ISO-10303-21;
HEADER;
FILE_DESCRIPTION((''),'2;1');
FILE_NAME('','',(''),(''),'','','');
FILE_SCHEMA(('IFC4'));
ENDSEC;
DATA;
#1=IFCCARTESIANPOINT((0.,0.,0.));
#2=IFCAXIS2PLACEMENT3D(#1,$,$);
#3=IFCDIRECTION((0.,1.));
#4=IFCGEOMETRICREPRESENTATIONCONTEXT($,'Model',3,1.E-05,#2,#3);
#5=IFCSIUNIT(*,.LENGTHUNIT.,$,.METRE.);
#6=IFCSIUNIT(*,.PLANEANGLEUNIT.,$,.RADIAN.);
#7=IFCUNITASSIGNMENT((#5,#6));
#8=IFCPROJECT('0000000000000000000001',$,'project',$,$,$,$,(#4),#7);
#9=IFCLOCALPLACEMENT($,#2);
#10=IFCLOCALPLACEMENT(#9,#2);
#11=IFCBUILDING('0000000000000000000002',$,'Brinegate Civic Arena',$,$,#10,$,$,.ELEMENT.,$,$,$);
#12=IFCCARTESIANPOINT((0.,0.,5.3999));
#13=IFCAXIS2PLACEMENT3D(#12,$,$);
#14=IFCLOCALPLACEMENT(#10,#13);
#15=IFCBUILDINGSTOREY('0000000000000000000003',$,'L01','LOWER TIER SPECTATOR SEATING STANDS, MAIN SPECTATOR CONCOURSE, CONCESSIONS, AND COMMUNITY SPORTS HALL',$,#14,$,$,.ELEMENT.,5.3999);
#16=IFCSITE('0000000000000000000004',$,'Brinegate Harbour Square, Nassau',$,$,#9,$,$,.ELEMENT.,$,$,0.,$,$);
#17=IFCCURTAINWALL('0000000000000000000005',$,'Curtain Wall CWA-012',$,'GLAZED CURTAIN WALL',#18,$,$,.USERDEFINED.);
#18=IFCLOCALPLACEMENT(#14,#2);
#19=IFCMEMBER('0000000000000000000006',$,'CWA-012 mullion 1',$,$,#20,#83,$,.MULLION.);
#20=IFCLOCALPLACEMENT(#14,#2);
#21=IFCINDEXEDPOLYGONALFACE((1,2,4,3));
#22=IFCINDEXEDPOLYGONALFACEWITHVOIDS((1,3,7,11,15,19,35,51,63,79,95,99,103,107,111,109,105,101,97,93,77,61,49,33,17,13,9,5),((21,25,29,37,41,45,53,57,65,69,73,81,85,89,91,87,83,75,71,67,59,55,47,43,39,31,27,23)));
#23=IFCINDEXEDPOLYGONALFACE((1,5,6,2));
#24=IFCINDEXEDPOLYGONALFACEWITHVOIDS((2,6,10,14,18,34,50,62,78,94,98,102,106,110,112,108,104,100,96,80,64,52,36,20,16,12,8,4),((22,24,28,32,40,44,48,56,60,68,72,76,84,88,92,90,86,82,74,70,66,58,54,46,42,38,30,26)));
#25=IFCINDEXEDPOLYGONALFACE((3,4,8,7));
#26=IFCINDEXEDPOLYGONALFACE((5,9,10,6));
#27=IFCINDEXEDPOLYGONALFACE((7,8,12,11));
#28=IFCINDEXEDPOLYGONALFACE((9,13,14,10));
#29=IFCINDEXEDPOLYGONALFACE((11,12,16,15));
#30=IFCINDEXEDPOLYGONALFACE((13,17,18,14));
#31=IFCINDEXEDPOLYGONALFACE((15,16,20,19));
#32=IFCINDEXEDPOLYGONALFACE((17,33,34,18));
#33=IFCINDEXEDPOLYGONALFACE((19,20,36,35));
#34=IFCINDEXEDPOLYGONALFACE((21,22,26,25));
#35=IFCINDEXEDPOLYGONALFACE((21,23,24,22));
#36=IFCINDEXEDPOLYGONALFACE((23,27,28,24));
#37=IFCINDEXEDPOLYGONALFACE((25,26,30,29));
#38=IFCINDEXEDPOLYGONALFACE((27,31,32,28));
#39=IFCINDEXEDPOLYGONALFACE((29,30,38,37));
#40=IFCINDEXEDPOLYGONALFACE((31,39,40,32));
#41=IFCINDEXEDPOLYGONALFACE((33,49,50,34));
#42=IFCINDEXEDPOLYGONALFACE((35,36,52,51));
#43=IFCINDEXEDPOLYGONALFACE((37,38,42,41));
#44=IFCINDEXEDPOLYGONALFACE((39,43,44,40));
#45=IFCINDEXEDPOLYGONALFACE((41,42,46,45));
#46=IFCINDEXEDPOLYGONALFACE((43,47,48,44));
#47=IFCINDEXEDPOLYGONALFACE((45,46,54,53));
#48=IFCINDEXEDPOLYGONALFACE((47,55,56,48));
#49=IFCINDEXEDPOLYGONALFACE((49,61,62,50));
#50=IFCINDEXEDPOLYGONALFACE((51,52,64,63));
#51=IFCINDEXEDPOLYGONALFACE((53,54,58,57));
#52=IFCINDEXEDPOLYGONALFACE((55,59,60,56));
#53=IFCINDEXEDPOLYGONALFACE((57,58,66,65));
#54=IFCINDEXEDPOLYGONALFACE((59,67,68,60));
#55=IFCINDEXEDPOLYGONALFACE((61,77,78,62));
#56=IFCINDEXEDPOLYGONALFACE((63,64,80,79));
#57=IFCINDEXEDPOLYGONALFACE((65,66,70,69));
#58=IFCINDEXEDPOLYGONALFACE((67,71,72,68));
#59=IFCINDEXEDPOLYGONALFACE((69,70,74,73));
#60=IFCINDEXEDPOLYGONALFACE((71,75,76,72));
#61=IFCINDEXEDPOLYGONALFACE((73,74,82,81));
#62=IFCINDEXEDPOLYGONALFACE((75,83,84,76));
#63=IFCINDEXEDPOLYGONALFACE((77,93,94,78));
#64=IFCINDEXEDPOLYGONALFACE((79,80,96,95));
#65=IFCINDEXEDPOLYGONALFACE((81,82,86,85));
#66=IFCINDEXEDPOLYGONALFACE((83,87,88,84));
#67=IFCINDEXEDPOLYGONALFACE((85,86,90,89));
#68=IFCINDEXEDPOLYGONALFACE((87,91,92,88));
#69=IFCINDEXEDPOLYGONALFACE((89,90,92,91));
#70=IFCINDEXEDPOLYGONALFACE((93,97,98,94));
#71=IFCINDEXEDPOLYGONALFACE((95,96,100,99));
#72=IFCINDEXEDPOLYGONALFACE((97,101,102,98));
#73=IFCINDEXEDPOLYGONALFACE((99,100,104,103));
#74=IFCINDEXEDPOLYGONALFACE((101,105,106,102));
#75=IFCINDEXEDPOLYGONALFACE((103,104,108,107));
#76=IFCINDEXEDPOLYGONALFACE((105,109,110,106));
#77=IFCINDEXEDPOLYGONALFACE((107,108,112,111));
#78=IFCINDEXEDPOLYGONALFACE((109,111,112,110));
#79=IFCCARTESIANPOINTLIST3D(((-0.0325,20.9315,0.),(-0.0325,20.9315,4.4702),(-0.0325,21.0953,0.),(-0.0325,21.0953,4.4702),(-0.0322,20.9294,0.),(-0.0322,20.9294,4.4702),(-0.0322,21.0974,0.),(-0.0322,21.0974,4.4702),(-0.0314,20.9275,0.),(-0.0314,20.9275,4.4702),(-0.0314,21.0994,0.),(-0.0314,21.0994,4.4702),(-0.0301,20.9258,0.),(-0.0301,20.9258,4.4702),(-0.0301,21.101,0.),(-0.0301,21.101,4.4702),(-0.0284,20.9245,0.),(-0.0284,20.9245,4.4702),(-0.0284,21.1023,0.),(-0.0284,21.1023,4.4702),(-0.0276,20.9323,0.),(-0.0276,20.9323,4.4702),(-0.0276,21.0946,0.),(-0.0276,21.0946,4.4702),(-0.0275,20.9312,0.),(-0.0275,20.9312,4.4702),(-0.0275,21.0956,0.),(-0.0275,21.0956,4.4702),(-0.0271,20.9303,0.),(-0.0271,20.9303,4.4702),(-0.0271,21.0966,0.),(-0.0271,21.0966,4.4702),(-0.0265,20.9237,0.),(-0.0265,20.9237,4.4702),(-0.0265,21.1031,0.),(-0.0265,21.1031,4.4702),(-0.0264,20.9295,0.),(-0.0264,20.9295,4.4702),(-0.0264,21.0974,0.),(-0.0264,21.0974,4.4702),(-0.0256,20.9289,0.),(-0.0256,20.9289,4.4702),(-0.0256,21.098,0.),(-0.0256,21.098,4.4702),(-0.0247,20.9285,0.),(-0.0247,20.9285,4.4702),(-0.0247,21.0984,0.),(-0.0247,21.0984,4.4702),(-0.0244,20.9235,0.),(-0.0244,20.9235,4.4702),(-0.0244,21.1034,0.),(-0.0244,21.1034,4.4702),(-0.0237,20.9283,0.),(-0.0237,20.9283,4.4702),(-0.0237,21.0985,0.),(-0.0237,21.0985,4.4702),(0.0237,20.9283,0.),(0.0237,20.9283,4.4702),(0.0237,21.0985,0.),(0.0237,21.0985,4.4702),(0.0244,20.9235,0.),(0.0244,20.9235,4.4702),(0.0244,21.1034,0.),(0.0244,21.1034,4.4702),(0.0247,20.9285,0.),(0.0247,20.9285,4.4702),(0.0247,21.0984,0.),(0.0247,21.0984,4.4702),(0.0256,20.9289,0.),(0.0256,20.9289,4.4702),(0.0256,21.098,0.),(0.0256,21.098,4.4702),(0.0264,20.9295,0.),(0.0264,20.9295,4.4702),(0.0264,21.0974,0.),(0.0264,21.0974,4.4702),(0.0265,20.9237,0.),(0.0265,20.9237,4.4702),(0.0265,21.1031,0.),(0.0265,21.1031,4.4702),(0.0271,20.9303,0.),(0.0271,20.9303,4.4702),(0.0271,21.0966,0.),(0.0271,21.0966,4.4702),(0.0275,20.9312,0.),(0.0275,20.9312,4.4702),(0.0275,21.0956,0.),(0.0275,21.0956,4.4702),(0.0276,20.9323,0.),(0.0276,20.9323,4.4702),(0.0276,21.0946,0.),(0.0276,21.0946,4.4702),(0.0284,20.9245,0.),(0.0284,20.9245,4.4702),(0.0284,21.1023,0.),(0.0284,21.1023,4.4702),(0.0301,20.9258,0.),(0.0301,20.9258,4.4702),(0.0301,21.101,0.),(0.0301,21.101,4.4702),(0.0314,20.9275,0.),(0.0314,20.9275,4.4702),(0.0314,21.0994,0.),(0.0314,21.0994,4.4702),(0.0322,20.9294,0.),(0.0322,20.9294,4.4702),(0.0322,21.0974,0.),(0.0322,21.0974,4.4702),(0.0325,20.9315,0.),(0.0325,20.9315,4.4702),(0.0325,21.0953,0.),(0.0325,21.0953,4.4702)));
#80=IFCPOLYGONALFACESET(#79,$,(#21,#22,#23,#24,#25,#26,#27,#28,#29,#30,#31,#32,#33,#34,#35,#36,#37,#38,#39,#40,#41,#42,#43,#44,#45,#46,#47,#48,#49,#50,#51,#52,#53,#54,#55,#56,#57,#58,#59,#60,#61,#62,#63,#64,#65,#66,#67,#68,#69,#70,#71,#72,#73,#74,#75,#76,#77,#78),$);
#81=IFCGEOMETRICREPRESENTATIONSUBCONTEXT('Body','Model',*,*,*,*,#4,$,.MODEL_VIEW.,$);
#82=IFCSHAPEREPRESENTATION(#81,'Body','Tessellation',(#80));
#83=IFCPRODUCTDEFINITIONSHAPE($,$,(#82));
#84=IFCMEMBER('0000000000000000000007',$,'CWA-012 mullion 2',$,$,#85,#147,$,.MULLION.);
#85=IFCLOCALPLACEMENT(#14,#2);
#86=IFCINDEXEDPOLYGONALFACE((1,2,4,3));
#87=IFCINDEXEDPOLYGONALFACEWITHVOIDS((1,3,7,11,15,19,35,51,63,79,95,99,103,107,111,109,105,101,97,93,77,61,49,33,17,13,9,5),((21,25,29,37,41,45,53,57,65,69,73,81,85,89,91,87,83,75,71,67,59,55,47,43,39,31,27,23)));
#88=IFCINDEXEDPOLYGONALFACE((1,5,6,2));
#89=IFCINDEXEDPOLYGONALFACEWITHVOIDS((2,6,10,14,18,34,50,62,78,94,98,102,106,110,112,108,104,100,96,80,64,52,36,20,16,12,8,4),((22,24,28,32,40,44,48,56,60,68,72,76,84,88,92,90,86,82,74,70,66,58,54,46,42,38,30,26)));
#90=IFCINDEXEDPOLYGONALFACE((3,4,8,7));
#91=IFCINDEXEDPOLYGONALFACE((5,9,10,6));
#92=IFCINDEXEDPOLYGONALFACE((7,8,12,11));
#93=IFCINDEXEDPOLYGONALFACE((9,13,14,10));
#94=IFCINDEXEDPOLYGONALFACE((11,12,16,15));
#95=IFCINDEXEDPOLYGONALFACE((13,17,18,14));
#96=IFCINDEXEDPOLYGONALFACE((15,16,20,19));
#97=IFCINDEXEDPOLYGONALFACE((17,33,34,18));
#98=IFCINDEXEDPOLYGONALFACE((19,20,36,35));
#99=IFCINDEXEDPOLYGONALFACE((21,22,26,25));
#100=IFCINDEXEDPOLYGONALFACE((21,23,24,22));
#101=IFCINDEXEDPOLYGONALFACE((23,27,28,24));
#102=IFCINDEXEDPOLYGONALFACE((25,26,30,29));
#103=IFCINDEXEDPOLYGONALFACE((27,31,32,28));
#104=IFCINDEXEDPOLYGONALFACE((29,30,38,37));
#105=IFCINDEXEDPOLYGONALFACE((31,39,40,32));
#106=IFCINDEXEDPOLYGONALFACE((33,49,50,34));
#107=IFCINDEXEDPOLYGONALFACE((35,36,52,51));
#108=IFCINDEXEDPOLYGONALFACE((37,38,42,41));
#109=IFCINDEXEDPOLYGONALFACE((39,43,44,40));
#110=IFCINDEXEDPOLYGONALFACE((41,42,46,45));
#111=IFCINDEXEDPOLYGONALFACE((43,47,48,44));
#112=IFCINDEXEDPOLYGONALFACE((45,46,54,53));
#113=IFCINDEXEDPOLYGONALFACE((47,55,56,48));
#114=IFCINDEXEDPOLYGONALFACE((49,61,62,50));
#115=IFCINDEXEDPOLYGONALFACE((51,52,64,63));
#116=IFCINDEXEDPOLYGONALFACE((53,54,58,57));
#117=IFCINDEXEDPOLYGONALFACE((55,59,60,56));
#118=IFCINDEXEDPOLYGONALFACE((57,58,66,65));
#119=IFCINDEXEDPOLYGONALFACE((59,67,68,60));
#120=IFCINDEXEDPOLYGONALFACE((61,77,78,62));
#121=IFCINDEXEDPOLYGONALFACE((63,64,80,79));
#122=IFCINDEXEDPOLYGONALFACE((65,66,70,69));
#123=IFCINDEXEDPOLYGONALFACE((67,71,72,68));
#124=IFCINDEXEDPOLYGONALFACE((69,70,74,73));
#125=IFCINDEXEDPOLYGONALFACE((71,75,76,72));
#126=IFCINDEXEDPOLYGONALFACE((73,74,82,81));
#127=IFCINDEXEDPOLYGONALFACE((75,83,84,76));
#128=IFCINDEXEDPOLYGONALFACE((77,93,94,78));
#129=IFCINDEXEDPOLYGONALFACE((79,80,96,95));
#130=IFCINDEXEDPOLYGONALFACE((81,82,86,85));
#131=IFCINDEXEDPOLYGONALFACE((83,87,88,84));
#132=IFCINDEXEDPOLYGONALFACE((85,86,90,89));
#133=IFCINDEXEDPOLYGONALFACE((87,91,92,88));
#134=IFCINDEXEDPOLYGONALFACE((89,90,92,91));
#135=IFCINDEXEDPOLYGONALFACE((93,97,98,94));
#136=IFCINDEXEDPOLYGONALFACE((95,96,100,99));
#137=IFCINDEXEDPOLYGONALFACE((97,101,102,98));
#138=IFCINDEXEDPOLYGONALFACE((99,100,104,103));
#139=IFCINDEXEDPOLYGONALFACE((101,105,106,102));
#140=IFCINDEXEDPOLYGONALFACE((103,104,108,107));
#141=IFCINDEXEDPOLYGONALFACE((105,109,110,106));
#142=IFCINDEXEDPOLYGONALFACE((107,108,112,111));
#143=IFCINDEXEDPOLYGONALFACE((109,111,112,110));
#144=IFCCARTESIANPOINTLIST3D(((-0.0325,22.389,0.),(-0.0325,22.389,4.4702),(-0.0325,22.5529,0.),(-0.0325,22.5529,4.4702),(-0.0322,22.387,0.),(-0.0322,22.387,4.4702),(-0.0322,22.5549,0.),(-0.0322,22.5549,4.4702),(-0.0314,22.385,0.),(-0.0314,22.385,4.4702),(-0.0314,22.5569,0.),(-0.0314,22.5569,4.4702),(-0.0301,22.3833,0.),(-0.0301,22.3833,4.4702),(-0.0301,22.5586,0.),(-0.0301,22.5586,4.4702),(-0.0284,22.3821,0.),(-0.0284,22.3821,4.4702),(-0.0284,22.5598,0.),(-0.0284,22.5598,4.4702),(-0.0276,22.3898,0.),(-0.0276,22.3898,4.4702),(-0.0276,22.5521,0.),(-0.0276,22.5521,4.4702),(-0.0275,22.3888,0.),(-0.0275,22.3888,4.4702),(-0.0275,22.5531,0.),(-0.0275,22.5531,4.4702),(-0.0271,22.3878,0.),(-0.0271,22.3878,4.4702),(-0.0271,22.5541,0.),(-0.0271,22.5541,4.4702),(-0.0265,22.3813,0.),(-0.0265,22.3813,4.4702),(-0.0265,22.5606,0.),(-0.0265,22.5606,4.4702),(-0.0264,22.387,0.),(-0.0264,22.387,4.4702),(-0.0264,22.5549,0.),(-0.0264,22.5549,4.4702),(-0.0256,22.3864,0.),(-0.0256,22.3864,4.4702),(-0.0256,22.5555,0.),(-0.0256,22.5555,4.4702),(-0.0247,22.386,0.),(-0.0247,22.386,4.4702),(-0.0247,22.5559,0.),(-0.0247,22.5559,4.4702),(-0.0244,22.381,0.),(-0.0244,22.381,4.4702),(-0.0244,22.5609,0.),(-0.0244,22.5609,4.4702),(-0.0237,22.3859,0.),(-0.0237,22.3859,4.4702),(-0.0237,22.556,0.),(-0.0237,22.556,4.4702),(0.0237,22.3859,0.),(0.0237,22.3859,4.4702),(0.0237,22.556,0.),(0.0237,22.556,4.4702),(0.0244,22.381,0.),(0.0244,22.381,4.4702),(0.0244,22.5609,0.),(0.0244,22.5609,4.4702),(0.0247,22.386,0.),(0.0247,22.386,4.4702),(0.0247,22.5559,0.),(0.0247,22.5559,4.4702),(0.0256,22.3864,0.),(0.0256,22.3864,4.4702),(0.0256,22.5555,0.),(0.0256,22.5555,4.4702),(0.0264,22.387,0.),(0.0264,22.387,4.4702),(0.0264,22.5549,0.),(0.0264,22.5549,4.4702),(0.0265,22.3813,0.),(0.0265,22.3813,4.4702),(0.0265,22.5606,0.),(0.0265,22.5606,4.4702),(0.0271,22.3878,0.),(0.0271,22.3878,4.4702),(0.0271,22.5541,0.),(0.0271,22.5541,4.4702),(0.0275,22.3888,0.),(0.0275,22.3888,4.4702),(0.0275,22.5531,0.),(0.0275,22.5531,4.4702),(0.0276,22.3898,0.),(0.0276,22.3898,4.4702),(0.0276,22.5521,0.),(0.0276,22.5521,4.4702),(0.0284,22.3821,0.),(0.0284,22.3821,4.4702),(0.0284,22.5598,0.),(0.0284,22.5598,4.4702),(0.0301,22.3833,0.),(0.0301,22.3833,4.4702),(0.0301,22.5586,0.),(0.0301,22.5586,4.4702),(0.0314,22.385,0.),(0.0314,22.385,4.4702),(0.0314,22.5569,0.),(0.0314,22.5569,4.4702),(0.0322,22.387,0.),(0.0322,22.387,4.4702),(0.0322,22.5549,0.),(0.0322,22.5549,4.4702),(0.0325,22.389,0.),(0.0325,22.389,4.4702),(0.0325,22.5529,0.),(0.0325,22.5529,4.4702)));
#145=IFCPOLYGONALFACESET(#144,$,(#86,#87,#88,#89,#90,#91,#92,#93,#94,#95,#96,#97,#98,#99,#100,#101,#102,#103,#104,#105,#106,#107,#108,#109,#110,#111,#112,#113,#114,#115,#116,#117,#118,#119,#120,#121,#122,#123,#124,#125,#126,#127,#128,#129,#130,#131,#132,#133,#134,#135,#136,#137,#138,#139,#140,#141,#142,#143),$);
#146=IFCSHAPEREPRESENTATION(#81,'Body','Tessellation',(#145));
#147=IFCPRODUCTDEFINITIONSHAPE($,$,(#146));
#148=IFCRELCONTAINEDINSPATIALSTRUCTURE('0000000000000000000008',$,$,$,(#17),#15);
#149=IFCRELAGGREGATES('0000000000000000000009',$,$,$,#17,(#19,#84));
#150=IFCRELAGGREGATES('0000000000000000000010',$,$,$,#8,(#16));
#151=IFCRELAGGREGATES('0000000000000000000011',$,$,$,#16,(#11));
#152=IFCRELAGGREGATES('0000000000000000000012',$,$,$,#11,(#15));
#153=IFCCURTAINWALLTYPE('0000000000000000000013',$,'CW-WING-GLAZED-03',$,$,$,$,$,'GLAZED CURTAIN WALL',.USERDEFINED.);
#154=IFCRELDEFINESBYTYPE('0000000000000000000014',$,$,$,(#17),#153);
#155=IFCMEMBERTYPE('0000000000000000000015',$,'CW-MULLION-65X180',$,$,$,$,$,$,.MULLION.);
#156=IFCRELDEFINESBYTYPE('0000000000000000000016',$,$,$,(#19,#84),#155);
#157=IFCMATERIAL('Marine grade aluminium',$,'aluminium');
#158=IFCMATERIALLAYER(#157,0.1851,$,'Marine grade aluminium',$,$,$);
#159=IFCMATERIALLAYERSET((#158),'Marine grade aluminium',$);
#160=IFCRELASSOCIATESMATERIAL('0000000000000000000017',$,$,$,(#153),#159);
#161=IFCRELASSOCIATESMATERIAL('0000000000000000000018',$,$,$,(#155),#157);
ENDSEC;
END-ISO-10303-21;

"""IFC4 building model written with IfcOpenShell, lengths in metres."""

from ifc_helpers import new_model, si_unit, direction, frame, origin, origin_2d, place, context, subcontext, project, spatial, hollow_rectangle, extrude, material, layer, layer_set, material_profile, profile_set, type_object, element, aggregate, save


model = new_model("IFC4")

# Units and contexts
model_context = context("Model", 3, precision=1e-05, world=origin(), true_north=direction((0.0, 1.0)))
body_context = subcontext(model_context, "Body", "Model", "MODEL_VIEW")
ifc_project = project(units=[si_unit("LENGTHUNIT", "METRE"), si_unit("PLANEANGLEUNIT", "RADIAN")], contexts=[model_context])

# Site, building, storey
site_placement = place(None, origin())
site = spatial("IfcSite", under=ifc_project, at=site_placement, Name="Brinegate Harbour Square, Nassau", CompositionType="ELEMENT", RefElevation=0.0)
building_placement = place(site_placement, origin())
building = spatial("IfcBuilding", under=site, at=building_placement, Name="Brinegate Civic Arena", CompositionType="ELEMENT")
storey_placement = place(building_placement, frame((0.0, 0.0, 5.3999)))
storey = spatial("IfcBuildingStorey", under=building, at=storey_placement, Name="L01", Description="LOWER TIER SPECTATOR SEATING STANDS, MAIN SPECTATOR CONCOURSE, CONCESSIONS, AND COMMUNITY SPORTS HALL", CompositionType="ELEMENT", Elevation=5.3999)

# Curtain wall, members
ifc_material_1 = material(Name="Marine grade aluminium", Category="aluminium")
ifc_layer_1 = layer(ifc_material_1, 0.1851, Name="Marine grade aluminium")
ifc_layer_set_1 = layer_set([ifc_layer_1], Name="Marine grade aluminium")
curtain_wall_type = type_object("IfcCurtainWallType", Name="CW-WING-GLAZED-03", ElementType="GLAZED CURTAIN WALL", PredefinedType="USERDEFINED", material=ifc_layer_set_1)
curtain_wall_placement = place(storey_placement, origin())
curtain_wall = element("IfcCurtainWall", 1, at=curtain_wall_placement, inside=storey, type_object=curtain_wall_type, Name="Curtain Wall CWA-012", ObjectType="GLAZED CURTAIN WALL", PredefinedType="USERDEFINED")
ifc_material_profile_1 = material_profile(ifc_material_1, hollow_rectangle(XDim=0.0649, YDim=0.1799, WallThickness=0.0049, InnerFilletRadius=0.0039, OuterFilletRadius=0.0081, at=origin_2d()), Name="MUL65X180")
ifc_profile_set_1 = profile_set([ifc_material_profile_1], Name="Marine grade aluminium")
member_type_1 = type_object("IfcMemberType", Name="CW-MULLION-65X180", PredefinedType="MULLION", material=ifc_profile_set_1)
member_1_placement = place(storey_placement, frame((0.0, 21.0134, 0.0), z_axis=(0.0, 0.0, 1.0), x_axis=(-1.0, 0.0, 0.0)))
member_1 = element("IfcMember", 2, at=member_1_placement, type_object=member_type_1, Name="CWA-012 mullion 1", PredefinedType="MULLION", context=body_context, shape_type="SweptSolid", body=[
    extrude(hollow_rectangle(XDim=0.0649, YDim=0.1799, WallThickness=0.0049, InnerFilletRadius=0.0039, OuterFilletRadius=0.0081, at=origin_2d()), origin(), (0.0, 0.0, 1.0), 4.4702),
])
member_2_placement = place(storey_placement, frame((0.0, 22.4709, 0.0), z_axis=(0.0, 0.0, 1.0), x_axis=(-1.0, 0.0, 0.0)))
member_2 = element("IfcMember", 3, at=member_2_placement, type_object=member_type_1, Name="CWA-012 mullion 2", PredefinedType="MULLION", context=body_context, shape_type="SweptSolid", body=[
    extrude(hollow_rectangle(XDim=0.0649, YDim=0.1799, WallThickness=0.0049, InnerFilletRadius=0.0039, OuterFilletRadius=0.0081, at=origin_2d()), origin(), (0.0, 0.0, 1.0), 4.4702),
])
aggregate(curtain_wall, [member_1, member_2])

save(model, "model.ifc")
